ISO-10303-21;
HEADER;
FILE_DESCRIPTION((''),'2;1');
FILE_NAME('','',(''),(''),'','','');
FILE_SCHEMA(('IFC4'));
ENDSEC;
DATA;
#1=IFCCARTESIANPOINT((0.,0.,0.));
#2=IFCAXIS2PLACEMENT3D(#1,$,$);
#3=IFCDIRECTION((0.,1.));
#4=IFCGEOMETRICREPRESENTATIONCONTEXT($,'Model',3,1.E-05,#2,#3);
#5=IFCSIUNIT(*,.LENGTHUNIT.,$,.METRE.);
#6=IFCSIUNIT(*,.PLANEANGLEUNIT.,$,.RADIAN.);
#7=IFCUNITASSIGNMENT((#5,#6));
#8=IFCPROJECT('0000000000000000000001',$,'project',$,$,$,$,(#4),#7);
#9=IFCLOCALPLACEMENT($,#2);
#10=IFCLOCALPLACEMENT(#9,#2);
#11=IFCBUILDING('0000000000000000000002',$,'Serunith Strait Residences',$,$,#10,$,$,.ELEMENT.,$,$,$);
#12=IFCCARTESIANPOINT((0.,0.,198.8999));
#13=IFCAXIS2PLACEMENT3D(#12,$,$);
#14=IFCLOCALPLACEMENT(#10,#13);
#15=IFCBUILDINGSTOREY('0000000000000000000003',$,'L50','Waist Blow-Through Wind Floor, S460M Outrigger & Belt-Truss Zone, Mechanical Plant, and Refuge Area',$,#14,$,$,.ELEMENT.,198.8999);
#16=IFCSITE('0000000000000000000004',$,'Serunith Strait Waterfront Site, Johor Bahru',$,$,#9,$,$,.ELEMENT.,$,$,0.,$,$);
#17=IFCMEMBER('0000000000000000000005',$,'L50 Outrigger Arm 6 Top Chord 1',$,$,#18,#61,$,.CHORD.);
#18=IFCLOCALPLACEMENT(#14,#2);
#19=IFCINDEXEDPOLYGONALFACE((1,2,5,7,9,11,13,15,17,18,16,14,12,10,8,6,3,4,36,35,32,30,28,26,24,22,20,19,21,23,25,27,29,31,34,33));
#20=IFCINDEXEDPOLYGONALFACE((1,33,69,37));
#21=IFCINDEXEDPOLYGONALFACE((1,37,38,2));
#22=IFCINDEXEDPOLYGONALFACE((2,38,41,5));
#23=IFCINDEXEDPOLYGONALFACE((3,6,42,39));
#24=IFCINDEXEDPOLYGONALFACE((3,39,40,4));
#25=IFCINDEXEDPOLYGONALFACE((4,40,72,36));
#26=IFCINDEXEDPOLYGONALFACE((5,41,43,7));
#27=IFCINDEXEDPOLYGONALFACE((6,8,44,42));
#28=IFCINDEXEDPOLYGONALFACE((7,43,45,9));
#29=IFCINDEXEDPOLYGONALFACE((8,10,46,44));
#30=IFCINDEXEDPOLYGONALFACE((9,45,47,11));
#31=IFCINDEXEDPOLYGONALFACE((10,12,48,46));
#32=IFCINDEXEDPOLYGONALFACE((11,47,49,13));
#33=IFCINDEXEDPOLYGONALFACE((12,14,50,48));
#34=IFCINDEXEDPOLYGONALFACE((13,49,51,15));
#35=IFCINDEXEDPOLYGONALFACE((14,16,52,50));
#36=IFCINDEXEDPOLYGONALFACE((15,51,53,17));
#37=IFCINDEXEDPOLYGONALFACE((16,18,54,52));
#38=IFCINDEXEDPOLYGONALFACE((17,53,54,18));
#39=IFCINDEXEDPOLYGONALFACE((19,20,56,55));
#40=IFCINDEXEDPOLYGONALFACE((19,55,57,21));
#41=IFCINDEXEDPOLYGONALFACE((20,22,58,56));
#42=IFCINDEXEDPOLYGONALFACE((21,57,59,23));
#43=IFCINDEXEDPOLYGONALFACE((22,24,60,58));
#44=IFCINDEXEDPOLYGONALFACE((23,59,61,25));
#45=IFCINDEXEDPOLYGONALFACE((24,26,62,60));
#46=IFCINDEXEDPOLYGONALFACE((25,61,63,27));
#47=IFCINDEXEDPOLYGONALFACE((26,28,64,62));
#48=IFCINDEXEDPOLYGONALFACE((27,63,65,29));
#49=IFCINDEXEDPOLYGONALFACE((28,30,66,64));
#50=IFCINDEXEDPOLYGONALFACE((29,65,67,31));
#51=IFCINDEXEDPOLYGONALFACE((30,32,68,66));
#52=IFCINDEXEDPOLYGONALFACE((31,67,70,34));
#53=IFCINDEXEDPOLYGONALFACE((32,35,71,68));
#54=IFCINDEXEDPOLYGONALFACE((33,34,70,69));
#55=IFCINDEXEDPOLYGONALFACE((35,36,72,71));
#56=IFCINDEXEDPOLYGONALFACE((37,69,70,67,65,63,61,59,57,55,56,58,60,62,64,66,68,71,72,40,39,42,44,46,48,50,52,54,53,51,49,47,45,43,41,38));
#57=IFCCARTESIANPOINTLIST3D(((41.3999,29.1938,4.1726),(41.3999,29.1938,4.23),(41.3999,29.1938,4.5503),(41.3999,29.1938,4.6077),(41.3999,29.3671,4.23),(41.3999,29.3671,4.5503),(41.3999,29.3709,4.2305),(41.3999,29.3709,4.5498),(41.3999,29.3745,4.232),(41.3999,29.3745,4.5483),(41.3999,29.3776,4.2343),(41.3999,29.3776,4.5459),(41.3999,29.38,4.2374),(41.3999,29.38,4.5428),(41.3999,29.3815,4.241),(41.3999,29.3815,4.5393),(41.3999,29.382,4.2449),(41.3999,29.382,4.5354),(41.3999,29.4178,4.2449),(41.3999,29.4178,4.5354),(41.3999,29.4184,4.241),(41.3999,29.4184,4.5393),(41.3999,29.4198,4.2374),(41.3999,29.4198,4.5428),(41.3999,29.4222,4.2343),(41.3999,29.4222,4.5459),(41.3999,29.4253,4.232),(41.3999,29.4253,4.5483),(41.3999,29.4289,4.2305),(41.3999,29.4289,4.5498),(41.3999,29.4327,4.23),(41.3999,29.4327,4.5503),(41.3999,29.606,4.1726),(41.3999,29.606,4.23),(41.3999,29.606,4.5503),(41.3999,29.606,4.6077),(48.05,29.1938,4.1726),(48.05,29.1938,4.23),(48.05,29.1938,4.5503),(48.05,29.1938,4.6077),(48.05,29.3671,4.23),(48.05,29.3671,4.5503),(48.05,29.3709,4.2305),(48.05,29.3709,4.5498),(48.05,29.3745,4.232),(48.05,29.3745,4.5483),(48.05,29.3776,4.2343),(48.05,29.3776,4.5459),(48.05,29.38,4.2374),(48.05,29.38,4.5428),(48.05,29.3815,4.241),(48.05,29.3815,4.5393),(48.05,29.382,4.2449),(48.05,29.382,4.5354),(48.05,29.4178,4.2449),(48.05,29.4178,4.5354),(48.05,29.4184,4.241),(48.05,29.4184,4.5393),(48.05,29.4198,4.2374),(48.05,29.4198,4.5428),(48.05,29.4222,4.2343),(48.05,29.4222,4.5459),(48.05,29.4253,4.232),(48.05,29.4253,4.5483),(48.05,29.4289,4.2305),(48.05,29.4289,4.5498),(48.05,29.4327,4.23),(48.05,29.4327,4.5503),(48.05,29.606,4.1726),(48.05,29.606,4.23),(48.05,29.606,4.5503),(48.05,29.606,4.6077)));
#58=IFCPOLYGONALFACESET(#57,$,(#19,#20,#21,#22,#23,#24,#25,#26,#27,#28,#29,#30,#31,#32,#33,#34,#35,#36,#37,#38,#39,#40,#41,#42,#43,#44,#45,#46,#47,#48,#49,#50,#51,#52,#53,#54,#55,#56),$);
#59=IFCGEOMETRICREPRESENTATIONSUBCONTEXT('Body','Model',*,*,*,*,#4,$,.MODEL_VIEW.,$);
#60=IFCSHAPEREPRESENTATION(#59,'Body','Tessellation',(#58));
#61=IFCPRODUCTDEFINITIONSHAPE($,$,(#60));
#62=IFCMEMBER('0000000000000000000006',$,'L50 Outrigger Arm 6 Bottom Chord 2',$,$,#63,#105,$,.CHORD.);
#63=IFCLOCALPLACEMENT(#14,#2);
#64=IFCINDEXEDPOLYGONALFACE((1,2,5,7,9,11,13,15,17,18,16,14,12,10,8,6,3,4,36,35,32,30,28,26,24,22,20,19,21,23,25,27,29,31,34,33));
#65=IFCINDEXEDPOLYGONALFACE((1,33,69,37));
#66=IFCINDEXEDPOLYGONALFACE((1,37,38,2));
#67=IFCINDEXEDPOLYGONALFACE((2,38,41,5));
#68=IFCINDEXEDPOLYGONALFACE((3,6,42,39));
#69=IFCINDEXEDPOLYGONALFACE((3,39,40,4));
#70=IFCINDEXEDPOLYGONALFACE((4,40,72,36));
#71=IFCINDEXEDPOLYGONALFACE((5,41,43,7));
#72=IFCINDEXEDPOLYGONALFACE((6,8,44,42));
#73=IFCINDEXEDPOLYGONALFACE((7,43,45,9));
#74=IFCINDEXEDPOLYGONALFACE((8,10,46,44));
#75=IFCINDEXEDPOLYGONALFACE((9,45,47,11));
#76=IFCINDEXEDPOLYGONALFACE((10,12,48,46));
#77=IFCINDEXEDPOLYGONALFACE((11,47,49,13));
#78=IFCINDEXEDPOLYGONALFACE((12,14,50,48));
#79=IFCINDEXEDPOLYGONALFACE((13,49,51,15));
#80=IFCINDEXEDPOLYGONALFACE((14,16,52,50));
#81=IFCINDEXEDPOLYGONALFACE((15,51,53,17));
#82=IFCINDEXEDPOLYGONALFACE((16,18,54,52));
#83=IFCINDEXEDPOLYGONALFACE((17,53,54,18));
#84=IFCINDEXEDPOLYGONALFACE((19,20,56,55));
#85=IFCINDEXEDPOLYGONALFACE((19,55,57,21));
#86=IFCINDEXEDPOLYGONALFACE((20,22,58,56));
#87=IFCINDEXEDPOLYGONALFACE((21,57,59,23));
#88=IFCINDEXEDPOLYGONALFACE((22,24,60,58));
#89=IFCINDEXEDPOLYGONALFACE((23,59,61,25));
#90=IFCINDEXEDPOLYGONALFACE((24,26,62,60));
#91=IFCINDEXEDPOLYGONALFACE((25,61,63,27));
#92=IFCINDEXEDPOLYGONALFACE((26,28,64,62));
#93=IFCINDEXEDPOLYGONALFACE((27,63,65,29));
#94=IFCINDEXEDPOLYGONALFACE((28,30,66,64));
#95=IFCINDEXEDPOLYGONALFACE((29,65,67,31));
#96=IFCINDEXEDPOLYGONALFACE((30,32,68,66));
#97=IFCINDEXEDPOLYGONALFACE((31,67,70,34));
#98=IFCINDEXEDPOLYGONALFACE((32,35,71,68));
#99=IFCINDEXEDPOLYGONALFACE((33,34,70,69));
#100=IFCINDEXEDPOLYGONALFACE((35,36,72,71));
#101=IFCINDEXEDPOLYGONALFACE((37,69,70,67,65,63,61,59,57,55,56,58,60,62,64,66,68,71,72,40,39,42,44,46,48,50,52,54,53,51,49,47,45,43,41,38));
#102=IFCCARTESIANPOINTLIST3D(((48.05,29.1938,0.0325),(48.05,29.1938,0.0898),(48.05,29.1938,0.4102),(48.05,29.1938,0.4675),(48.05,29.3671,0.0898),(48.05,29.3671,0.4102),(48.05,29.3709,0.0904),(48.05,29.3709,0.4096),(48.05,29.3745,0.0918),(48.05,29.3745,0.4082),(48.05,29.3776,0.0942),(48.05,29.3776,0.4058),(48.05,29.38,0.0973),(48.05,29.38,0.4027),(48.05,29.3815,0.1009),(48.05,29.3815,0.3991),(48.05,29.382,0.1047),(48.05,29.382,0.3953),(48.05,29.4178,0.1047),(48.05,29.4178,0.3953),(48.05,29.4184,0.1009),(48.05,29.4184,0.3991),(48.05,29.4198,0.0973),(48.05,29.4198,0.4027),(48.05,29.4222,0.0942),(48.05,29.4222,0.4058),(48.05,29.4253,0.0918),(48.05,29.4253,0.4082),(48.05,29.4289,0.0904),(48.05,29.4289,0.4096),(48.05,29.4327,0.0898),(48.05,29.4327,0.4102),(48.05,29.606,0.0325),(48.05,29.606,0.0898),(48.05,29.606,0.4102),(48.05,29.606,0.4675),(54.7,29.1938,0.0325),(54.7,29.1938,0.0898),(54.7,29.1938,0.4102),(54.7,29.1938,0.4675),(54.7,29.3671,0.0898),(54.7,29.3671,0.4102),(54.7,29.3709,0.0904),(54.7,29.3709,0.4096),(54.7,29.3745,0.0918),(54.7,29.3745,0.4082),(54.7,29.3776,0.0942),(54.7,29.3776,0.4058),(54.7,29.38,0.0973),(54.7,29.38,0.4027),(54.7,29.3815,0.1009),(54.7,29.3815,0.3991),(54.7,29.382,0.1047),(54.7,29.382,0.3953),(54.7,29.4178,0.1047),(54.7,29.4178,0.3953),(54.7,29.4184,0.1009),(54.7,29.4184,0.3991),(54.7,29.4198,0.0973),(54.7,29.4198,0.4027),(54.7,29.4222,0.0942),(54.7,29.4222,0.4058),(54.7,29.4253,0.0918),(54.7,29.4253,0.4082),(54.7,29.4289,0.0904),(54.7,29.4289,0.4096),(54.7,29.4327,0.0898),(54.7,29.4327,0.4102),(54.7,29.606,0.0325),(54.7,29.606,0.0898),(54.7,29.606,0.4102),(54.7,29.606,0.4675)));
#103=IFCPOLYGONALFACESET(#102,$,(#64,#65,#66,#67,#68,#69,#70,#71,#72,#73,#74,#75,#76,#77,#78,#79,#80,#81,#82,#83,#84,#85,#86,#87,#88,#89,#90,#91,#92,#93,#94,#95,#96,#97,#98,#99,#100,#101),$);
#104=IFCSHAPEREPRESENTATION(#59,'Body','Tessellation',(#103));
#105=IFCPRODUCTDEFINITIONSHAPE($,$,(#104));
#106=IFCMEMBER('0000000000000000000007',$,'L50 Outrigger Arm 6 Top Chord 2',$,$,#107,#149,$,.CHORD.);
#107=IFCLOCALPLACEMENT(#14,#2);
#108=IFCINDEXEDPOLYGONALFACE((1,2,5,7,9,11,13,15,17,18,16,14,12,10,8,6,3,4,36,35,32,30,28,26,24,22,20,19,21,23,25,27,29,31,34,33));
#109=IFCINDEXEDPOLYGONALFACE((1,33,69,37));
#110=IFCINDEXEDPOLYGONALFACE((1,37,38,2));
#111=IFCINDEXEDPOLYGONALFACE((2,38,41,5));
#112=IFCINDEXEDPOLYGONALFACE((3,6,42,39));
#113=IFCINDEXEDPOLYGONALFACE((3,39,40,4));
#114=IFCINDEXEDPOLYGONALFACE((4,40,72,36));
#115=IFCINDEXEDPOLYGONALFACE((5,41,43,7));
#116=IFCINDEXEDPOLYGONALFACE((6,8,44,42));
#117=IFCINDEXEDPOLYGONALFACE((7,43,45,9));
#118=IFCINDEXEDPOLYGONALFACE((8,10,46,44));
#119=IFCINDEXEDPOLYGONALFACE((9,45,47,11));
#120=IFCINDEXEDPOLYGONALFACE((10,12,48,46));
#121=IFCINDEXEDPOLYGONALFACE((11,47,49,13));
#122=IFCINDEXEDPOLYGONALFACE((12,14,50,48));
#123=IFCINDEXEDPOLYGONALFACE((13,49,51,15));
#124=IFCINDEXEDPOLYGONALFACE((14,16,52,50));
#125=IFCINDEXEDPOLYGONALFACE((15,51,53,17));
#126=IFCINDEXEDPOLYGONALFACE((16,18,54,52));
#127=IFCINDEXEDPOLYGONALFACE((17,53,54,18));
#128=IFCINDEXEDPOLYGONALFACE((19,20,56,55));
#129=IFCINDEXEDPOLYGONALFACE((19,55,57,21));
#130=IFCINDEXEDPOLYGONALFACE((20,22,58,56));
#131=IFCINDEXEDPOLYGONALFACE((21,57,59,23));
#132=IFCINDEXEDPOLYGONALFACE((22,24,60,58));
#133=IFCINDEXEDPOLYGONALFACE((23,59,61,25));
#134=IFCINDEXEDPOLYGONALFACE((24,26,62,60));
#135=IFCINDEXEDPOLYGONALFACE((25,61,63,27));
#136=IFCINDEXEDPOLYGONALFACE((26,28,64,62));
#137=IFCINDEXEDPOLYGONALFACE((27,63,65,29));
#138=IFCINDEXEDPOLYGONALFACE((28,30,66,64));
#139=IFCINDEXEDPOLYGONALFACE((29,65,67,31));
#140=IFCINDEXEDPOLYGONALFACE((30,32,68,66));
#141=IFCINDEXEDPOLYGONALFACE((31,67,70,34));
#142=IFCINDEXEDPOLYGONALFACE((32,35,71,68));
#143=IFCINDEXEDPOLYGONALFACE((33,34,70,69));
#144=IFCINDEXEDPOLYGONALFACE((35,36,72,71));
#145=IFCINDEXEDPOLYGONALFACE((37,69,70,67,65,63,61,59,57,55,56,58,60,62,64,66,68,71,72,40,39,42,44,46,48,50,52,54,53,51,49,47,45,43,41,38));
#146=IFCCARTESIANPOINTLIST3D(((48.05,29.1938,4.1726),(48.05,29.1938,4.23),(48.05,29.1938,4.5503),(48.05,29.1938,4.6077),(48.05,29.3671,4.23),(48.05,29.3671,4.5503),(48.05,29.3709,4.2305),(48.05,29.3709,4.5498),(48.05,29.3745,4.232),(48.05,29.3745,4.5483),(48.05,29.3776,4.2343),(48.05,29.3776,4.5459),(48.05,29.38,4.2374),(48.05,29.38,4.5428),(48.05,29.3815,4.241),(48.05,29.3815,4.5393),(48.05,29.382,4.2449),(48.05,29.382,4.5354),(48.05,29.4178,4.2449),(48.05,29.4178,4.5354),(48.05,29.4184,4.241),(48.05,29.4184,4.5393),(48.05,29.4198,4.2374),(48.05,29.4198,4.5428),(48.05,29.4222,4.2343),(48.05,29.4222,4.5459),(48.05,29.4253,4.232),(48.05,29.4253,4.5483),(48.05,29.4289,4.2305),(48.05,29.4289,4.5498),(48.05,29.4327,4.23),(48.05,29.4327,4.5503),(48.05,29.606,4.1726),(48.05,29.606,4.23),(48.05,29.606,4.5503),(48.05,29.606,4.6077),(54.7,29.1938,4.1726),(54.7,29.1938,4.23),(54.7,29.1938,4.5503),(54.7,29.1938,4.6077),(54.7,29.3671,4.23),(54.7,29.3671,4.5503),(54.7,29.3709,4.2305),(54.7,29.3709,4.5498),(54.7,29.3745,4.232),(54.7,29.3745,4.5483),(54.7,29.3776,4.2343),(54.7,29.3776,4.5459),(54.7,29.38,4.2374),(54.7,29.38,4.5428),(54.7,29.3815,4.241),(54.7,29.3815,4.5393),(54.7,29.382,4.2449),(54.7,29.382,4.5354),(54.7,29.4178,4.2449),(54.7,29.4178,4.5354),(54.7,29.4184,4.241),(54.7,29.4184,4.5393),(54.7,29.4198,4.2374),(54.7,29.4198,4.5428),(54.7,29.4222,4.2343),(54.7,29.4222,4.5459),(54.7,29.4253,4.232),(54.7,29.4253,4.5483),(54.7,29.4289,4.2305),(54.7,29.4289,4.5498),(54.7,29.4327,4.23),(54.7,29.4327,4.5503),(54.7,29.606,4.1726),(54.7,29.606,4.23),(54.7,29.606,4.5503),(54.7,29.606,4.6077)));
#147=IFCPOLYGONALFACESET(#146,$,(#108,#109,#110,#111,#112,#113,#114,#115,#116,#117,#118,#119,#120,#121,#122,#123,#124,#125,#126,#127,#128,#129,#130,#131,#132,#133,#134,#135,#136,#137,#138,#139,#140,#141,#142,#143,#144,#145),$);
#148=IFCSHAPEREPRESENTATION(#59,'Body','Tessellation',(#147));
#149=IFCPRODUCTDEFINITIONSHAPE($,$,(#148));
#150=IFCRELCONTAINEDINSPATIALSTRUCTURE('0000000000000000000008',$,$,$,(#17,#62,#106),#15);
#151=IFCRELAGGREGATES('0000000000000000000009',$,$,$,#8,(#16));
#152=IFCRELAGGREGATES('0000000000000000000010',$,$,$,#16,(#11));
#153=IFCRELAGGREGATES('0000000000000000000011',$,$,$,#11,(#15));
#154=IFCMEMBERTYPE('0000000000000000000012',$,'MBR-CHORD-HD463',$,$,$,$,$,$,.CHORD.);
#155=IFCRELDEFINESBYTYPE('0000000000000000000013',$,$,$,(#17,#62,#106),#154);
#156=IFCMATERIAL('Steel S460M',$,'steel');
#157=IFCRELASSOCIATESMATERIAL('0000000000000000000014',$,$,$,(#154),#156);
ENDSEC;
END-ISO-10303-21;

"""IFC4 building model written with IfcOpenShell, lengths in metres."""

from ifc_helpers import new_model, si_unit, direction, frame, origin, origin_2d, place, context, subcontext, project, spatial, i_section, extrude, source, transform, mapped, material, material_profile, profile_set, type_object, element, save


model = new_model("IFC4")

# Units and contexts
model_context = context("Model", 3, precision=1e-05, world=origin(), true_north=direction((0.0, 1.0)))
body_context = subcontext(model_context, "Body", "Model", "MODEL_VIEW")
ifc_project = project(units=[si_unit("LENGTHUNIT", "METRE"), si_unit("PLANEANGLEUNIT", "RADIAN")], contexts=[model_context])

# Site, building, storey
site_placement = place(None, origin())
site = spatial("IfcSite", under=ifc_project, at=site_placement, Name="Serunith Strait Waterfront Site, Johor Bahru", CompositionType="ELEMENT", RefElevation=0.0)
building_placement = place(site_placement, origin())
building = spatial("IfcBuilding", under=site, at=building_placement, Name="Serunith Strait Residences", CompositionType="ELEMENT")
storey_placement = place(building_placement, frame((0.0, 0.0, 198.8999)))
storey = spatial("IfcBuildingStorey", under=building, at=storey_placement, Name="L50", Description="Waist Blow-Through Wind Floor, S460M Outrigger & Belt-Truss Zone, Mechanical Plant, and Refuge Area", CompositionType="ELEMENT", Elevation=198.8999)

# Members
ifc_material_1 = material(Name="Steel S460M", Category="steel")
ifc_material_profile_1 = material_profile(ifc_material_1, i_section(OverallWidth=0.4121, OverallDepth=0.4351, WebThickness=0.0359, FlangeThickness=0.0574, FilletRadius=0.0149, at=origin_2d()), Name="HD 400x463")
ifc_profile_set_1 = profile_set([ifc_material_profile_1], Name="Steel S460M")
member_type_1 = type_object("IfcMemberType", Name="MBR-CHORD-HD463", PredefinedType="CHORD", material=ifc_profile_set_1)
shared_shape_1 = source(origin(), body_context, "Body", "SweptSolid", [
    extrude(i_section(OverallWidth=0.4121, OverallDepth=0.4351, WebThickness=0.0359, FlangeThickness=0.0574, FilletRadius=0.0149, at=origin_2d()), origin(), (0.0, 0.0, 1.0), 6.6501),
])
member_1_placement = place(storey_placement, frame((41.3999, 29.3999, 4.3901), z_axis=(1.0, 0.0, 0.0), x_axis=(0.0, 1.0, 0.0)))
element("IfcMember", 1, at=member_1_placement, inside=storey, type_object=member_type_1, Name="L50 Outrigger Arm 6 Top Chord 1", PredefinedType="CHORD", context=body_context, shape_type="MappedRepresentation", body=[
    mapped(shared_shape_1, transform((0.0, 0.0, 0.0), scale=1.0)),
])
shared_shape_2 = source(origin(), body_context, "Body", "SweptSolid", [
    extrude(i_section(OverallWidth=0.4121, OverallDepth=0.4351, WebThickness=0.0359, FlangeThickness=0.0574, FilletRadius=0.0149, at=origin_2d()), origin(), (0.0, 0.0, 1.0), 6.6499),
])
for number, where, z_axis, x_axis, name in (
    (2, (48.05, 29.3999, 0.25), (1.0, 0.0, 0.0), (0.0, 1.0, 0.0), "L50 Outrigger Arm 6 Bottom Chord 2"),
    (3, (48.05, 29.3999, 4.3901), (1.0, 0.0, 0.0), (0.0, 1.0, 0.0), "L50 Outrigger Arm 6 Top Chord 2"),
):
    element("IfcMember", number, at=place(storey_placement, frame(where, z_axis=z_axis, x_axis=x_axis)), inside=storey, type_object=member_type_1, Name=name, PredefinedType="CHORD", context=body_context, shape_type="MappedRepresentation", body=[
        mapped(shared_shape_2, transform((0.0, 0.0, 0.0), scale=1.0)),
    ])

save(model, "model.ifc")
